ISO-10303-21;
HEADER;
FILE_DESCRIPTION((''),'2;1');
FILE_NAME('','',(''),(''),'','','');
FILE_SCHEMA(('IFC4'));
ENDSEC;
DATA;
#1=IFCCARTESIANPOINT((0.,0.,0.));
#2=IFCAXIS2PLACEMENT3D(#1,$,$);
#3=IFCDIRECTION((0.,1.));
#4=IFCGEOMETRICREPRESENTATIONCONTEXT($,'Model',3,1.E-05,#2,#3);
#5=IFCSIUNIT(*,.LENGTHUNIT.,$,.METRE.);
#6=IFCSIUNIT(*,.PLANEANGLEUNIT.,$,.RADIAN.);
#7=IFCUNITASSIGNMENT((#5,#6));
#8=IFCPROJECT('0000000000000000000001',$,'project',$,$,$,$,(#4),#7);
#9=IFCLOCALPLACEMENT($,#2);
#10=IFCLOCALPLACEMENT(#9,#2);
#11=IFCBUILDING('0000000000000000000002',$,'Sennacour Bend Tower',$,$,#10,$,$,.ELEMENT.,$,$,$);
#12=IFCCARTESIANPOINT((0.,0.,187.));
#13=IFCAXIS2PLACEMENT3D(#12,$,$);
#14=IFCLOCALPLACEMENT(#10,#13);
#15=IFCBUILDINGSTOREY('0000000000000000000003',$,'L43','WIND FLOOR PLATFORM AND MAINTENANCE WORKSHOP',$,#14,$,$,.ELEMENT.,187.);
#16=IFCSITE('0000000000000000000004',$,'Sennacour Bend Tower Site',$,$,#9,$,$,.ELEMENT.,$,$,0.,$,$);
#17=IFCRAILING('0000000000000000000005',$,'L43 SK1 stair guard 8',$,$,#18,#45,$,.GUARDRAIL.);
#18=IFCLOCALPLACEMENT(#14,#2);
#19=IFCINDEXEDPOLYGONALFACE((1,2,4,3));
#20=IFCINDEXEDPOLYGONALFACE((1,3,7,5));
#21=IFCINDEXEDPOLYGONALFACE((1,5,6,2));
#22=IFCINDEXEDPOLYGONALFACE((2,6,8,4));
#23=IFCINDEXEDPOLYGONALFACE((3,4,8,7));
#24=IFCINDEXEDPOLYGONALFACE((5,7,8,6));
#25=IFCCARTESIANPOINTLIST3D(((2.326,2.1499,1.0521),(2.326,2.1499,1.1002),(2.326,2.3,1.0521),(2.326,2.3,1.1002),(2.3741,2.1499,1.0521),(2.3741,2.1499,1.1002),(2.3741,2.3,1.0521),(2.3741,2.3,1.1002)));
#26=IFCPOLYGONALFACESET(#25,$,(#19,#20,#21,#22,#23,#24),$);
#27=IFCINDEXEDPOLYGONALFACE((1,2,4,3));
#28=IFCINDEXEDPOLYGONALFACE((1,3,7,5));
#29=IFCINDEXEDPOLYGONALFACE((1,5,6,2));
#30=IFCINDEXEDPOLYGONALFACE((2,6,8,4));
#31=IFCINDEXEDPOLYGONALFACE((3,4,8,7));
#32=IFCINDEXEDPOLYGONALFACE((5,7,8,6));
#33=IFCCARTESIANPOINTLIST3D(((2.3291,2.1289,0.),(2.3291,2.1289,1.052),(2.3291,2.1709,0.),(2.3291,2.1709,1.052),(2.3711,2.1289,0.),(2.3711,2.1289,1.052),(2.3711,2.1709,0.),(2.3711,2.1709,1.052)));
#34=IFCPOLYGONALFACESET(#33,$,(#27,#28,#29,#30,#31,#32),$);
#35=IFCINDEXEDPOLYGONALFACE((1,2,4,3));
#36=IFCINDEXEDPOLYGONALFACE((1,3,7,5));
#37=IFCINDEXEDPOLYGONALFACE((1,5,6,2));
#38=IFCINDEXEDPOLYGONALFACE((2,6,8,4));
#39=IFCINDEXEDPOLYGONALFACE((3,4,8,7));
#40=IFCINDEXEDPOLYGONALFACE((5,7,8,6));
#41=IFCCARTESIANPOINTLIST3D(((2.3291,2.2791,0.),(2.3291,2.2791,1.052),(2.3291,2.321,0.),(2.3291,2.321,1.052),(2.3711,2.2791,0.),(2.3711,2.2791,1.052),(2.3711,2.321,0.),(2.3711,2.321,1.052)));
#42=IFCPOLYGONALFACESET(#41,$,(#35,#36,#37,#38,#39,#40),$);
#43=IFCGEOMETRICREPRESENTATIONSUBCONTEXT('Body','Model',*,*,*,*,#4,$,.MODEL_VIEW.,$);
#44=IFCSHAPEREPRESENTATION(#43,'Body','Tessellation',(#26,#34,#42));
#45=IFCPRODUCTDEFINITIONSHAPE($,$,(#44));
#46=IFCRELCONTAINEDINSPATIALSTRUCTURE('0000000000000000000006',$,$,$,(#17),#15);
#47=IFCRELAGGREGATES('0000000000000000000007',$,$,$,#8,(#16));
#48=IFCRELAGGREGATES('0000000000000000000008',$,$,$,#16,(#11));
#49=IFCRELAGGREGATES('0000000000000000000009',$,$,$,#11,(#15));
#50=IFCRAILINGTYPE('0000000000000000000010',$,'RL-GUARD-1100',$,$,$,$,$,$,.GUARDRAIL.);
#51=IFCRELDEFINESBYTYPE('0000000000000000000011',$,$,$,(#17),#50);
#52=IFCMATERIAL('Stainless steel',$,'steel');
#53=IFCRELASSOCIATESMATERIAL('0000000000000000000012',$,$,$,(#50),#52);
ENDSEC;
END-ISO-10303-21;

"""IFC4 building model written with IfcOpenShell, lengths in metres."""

from ifc_helpers import new_model, si_unit, direction, frame, origin, origin_2d, place, context, subcontext, project, spatial, rectangle, extrude, material, type_object, element, save


model = new_model("IFC4")

# Units and contexts
model_context = context("Model", 3, precision=1e-05, world=origin(), true_north=direction((0.0, 1.0)))
body_context = subcontext(model_context, "Body", "Model", "MODEL_VIEW")
ifc_project = project(units=[si_unit("LENGTHUNIT", "METRE"), si_unit("PLANEANGLEUNIT", "RADIAN")], contexts=[model_context])

# Site, building, storey
site_placement = place(None, origin())
site = spatial("IfcSite", under=ifc_project, at=site_placement, Name="Sennacour Bend Tower Site", CompositionType="ELEMENT", RefElevation=0.0)
building_placement = place(site_placement, origin())
building = spatial("IfcBuilding", under=site, at=building_placement, Name="Sennacour Bend Tower", CompositionType="ELEMENT")
storey_placement = place(building_placement, frame((0.0, 0.0, 187.0)))
storey = spatial("IfcBuildingStorey", under=building, at=storey_placement, Name="L43", Description="WIND FLOOR PLATFORM AND MAINTENANCE WORKSHOP", CompositionType="ELEMENT", Elevation=187.0)

# Railing
ifc_material_1 = material(Name="Stainless steel", Category="steel")
railing_type_1 = type_object("IfcRailingType", Name="RL-GUARD-1100", PredefinedType="GUARDRAIL", material=ifc_material_1)
for number, where, name in (
    (1, (2.3501, 2.1499, 0.0), "L43 SK1 stair guard 8"),
):
    element("IfcRailing", number, at=place(storey_placement, frame(where)), inside=storey, type_object=railing_type_1, Name=name, PredefinedType="GUARDRAIL", context=body_context, shape_type="SweptSolid", body=[
        extrude(rectangle(XDim=0.0481, YDim=0.0481, at=origin_2d()), frame((0.0, 0.0, 1.0762), z_axis=(0.0, 1.0, 0.0), x_axis=(-1.0, 0.0, 0.0)), (0.0, 0.0, 1.0), 0.1501),
        extrude(rectangle(XDim=0.042, YDim=0.042, at=origin_2d()), origin(), (0.0, 0.0, 1.0), 1.052),
        extrude(rectangle(XDim=0.042, YDim=0.042, at=origin_2d()), frame((0.0, 0.1501, 0.0)), (0.0, 0.0, 1.0), 1.052),
    ])

save(model, "model.ifc")
